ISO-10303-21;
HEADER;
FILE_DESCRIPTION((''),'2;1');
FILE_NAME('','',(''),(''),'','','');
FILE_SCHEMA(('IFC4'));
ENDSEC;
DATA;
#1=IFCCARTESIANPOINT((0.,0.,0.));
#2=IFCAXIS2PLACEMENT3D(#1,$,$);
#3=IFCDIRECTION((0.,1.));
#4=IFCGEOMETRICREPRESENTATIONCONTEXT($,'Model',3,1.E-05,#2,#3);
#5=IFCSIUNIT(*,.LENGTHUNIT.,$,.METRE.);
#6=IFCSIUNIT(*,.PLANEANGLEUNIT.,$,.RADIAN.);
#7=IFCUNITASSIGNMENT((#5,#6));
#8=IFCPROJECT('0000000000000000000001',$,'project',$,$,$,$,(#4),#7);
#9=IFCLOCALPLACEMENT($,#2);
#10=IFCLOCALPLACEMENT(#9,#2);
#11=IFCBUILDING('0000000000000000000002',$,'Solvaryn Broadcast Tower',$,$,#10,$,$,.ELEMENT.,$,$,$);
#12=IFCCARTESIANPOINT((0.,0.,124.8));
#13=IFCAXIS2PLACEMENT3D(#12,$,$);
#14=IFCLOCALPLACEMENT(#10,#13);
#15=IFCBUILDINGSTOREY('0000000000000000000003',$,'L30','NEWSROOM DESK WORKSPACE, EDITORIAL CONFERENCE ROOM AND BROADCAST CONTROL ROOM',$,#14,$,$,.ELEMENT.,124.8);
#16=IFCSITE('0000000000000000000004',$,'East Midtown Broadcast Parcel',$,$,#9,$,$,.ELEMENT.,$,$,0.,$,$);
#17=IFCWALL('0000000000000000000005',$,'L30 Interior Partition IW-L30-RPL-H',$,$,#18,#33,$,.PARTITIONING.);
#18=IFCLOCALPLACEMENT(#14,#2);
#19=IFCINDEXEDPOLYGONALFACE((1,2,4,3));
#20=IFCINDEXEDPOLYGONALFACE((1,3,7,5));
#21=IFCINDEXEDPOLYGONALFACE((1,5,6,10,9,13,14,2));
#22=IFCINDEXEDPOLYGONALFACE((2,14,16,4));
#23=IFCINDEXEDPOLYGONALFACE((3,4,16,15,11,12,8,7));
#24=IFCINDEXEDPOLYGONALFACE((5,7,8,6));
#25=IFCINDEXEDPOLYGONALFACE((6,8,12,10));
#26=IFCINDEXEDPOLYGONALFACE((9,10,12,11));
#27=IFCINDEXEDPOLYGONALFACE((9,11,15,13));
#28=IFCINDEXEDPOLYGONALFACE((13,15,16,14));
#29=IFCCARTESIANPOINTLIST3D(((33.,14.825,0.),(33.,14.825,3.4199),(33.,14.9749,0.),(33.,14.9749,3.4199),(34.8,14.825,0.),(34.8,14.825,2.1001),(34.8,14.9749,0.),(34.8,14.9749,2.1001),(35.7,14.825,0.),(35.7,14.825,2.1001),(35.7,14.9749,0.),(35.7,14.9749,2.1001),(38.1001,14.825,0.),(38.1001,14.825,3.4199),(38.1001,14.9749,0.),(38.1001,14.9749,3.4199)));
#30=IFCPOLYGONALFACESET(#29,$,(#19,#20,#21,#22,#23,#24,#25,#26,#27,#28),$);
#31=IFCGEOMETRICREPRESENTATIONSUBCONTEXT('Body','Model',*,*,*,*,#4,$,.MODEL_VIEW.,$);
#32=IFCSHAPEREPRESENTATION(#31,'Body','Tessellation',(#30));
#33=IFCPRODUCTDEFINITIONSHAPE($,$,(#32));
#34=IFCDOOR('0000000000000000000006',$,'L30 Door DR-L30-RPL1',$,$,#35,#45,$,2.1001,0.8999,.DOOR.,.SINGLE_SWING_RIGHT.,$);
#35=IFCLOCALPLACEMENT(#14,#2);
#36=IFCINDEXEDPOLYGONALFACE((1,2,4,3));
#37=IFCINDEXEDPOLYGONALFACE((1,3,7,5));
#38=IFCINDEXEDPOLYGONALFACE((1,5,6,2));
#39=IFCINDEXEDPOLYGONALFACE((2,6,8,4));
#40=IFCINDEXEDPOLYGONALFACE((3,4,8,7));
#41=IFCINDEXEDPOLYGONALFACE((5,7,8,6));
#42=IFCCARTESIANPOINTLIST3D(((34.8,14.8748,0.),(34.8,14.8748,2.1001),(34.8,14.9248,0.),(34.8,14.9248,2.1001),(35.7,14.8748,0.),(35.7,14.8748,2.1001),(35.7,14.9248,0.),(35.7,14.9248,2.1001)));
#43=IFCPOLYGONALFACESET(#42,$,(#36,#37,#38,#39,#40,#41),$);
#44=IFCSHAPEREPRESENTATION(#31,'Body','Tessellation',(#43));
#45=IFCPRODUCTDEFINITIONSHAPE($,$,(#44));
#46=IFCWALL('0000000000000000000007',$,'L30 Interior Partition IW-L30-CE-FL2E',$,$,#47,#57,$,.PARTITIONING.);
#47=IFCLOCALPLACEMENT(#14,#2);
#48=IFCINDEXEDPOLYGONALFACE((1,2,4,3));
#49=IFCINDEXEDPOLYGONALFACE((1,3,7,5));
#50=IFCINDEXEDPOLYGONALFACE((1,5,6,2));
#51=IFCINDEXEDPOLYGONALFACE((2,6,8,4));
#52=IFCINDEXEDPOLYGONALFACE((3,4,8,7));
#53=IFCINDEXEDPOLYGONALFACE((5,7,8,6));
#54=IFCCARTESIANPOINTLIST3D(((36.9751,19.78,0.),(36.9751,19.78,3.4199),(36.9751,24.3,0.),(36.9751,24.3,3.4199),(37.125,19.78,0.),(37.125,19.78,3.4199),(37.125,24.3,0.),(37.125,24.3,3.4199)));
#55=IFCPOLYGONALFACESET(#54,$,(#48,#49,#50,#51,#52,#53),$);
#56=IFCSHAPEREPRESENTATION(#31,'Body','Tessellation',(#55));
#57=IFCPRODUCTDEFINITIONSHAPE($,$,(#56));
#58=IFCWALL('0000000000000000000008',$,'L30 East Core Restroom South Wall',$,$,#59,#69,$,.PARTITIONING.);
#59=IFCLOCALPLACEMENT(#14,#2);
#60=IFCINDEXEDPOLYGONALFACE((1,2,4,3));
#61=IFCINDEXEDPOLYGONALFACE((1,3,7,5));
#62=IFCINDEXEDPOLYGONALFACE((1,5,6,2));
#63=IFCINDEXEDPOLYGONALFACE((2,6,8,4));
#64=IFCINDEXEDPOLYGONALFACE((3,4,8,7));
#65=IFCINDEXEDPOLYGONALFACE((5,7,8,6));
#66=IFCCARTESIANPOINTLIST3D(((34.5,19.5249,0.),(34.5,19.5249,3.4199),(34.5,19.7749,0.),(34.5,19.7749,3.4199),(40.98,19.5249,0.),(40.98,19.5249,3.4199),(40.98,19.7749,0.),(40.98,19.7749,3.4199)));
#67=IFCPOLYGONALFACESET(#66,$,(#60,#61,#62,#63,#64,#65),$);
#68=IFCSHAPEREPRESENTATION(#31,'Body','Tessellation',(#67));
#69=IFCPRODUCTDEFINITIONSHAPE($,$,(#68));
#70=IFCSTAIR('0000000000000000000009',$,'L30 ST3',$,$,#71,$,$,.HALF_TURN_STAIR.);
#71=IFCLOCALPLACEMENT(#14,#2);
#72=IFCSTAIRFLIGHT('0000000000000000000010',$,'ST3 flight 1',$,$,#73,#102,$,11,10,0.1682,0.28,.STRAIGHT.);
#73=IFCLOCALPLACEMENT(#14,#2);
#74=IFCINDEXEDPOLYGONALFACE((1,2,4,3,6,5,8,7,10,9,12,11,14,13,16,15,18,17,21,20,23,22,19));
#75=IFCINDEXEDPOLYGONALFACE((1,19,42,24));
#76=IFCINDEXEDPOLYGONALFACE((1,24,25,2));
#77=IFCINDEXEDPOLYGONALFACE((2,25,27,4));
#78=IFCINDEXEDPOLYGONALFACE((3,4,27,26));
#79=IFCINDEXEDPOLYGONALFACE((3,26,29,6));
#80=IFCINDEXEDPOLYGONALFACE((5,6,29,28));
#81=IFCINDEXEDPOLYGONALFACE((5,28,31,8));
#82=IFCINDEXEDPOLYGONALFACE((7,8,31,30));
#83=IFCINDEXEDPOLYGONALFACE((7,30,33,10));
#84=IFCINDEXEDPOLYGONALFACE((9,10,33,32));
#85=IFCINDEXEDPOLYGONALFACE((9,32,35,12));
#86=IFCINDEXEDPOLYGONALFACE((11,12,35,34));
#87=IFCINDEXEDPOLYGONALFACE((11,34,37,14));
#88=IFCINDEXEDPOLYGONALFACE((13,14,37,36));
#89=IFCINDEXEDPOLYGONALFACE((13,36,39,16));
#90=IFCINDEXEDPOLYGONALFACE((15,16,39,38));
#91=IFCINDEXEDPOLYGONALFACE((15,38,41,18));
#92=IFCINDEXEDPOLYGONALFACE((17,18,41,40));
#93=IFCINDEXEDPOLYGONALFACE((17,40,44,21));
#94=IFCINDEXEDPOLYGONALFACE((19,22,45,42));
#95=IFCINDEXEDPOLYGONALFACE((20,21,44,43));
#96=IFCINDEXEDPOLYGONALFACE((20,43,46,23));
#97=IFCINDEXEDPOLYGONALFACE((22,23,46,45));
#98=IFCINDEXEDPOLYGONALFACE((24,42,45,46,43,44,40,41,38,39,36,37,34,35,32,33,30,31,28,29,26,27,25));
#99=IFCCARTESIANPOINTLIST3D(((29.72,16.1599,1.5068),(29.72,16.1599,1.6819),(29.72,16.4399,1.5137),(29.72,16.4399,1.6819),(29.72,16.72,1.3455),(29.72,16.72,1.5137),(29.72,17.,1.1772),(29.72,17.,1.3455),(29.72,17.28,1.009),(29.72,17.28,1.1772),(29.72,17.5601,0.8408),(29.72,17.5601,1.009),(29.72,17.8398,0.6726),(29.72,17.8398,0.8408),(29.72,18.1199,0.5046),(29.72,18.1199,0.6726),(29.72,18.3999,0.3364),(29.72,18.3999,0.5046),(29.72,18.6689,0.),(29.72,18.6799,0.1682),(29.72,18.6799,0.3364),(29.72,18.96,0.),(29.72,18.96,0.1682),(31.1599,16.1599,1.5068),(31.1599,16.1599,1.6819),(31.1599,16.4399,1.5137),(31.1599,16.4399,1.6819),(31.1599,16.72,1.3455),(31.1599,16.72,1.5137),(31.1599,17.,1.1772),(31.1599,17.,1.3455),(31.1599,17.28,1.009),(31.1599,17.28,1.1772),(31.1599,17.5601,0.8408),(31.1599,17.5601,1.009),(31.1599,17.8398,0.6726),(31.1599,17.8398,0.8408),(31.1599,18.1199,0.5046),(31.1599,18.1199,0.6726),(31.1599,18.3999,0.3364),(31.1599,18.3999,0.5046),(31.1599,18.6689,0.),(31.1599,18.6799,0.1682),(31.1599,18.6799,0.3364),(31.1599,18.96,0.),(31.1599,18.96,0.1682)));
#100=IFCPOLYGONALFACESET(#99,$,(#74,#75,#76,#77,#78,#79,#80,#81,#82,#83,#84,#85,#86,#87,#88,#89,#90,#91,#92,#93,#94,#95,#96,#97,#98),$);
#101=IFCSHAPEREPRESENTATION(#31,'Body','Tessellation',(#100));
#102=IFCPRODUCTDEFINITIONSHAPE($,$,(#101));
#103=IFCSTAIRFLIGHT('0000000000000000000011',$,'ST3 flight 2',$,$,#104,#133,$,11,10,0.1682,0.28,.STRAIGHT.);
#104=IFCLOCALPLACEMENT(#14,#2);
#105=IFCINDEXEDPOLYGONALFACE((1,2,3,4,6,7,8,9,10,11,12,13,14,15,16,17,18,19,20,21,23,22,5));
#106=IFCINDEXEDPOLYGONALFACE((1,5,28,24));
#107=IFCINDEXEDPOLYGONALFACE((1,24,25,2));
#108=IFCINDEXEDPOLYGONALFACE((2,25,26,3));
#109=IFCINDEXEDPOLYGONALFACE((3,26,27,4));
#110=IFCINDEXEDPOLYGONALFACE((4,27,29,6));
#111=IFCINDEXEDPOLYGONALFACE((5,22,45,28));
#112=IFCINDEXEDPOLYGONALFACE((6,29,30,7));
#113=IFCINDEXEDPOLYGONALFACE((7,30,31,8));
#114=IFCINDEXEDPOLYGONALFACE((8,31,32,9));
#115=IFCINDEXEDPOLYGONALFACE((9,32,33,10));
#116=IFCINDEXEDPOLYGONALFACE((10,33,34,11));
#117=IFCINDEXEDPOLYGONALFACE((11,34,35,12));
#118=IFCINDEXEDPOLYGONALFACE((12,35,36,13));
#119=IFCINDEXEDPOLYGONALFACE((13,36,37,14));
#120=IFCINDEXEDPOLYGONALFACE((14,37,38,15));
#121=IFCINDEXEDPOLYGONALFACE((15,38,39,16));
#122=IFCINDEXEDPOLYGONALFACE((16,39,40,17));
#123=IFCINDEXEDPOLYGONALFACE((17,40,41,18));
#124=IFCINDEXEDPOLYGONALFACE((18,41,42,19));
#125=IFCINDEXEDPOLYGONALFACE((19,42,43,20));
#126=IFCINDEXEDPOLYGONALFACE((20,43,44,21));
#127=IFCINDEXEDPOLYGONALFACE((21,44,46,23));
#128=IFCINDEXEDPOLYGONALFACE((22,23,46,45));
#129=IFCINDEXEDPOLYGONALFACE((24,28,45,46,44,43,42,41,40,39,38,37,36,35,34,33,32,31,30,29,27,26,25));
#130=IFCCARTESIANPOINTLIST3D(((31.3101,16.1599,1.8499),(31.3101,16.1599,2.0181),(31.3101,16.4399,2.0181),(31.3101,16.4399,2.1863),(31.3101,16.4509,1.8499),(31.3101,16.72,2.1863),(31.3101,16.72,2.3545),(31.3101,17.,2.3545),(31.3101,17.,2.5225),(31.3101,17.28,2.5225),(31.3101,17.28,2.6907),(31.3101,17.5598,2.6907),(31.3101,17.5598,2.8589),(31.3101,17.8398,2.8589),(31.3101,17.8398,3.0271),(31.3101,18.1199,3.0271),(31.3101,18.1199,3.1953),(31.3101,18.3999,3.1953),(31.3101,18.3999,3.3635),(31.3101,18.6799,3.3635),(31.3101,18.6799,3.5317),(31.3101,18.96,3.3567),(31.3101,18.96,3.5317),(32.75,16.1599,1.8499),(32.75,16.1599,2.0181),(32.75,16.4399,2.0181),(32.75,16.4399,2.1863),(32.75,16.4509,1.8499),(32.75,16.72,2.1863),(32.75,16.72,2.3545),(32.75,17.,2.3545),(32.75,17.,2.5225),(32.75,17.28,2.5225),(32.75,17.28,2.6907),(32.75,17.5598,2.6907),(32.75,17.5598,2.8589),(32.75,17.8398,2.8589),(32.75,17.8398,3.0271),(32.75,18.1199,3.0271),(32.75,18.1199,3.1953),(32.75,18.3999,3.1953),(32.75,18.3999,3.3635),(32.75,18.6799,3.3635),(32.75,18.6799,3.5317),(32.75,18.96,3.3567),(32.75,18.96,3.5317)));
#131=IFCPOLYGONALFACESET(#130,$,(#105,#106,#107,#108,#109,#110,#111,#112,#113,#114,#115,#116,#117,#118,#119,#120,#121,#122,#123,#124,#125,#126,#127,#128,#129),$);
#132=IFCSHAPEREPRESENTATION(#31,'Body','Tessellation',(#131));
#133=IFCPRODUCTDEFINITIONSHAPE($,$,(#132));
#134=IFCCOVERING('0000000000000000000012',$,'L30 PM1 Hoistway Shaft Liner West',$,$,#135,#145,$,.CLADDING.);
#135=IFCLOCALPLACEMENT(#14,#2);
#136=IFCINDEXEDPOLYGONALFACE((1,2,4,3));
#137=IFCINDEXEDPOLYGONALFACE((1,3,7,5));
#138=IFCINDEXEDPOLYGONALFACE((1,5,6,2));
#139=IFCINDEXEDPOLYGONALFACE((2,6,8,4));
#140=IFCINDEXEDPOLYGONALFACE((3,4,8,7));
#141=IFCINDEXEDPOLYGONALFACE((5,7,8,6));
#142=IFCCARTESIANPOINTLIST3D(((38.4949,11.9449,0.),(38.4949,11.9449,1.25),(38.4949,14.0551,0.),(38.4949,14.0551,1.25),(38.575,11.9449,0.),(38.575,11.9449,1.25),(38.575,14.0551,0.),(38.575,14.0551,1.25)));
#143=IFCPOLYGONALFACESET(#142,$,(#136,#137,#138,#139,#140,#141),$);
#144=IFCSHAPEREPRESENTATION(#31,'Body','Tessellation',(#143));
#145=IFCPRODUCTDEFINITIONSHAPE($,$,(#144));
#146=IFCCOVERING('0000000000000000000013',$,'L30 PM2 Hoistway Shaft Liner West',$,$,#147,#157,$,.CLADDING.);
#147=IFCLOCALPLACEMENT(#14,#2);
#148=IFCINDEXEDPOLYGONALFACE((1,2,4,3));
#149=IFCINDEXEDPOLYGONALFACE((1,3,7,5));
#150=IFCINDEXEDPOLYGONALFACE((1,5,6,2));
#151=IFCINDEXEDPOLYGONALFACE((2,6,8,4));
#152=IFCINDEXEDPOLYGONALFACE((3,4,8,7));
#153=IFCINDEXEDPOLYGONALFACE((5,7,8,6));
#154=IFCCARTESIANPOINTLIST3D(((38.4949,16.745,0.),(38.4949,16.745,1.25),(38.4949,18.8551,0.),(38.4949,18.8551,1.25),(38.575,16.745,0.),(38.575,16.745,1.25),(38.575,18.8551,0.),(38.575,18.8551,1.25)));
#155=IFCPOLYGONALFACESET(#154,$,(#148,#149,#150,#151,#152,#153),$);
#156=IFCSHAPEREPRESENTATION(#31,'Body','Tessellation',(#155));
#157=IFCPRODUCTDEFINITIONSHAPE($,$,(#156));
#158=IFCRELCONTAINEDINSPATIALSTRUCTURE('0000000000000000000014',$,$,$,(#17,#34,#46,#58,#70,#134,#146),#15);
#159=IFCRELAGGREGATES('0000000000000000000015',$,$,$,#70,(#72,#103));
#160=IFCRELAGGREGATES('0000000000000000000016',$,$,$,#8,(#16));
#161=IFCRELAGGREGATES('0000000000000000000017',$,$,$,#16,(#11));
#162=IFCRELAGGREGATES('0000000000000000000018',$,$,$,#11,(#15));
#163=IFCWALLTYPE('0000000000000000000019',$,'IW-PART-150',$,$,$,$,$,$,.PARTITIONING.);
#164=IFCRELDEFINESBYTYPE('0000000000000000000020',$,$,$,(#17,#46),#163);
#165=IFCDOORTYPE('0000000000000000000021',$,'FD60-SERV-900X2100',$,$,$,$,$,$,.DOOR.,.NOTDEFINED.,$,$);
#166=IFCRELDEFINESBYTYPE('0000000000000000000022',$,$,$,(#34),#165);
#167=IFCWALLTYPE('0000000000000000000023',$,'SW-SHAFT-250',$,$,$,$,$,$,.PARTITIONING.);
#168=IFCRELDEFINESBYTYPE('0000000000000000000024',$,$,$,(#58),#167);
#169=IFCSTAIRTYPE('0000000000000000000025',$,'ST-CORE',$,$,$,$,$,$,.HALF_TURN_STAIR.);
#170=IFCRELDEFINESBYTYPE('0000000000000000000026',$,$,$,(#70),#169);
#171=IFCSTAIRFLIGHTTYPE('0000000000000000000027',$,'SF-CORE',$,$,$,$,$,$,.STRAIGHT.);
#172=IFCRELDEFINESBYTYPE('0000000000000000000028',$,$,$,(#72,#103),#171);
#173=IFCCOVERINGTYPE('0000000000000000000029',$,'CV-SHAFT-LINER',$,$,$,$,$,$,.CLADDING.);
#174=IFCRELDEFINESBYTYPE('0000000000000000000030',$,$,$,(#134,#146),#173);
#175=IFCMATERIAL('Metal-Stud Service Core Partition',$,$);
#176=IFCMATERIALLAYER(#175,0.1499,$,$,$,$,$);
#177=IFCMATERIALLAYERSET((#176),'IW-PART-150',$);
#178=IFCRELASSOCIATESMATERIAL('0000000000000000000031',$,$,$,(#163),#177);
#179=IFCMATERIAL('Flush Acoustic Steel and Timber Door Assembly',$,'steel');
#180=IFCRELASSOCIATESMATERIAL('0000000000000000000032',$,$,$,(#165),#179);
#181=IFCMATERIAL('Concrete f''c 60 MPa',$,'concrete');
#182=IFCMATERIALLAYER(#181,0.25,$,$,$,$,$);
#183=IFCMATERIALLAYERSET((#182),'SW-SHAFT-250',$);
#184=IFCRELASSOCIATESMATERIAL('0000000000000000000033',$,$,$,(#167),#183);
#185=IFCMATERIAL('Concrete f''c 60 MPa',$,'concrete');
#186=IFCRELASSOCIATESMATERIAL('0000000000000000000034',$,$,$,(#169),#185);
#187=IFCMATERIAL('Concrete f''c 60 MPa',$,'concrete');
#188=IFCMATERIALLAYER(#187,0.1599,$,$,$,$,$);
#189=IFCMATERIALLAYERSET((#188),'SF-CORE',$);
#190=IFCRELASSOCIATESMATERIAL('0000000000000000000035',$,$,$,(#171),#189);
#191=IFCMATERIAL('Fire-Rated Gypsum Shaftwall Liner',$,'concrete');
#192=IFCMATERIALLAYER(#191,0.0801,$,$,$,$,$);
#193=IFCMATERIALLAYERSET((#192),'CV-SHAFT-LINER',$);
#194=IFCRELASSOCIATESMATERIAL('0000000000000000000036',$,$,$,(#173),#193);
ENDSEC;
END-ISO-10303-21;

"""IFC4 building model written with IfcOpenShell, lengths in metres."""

from ifc_helpers import new_model, si_unit, direction, frame, frame_2d, origin, origin_2d, place, context, subcontext, project, spatial, polyline, rectangle, outline, extrude, material, layer, layer_set, type_object, element, fill, aggregate, save


model = new_model("IFC4")

# Units and contexts
model_context = context("Model", 3, precision=1e-05, world=origin(), true_north=direction((0.0, 1.0)))
body_context = subcontext(model_context, "Body", "Model", "MODEL_VIEW")
ifc_project = project(units=[si_unit("LENGTHUNIT", "METRE"), si_unit("PLANEANGLEUNIT", "RADIAN")], contexts=[model_context])

# Site, building, storey
site_placement = place(None, origin())
site = spatial("IfcSite", under=ifc_project, at=site_placement, Name="East Midtown Broadcast Parcel", CompositionType="ELEMENT", RefElevation=0.0)
building_placement = place(site_placement, origin())
building = spatial("IfcBuilding", under=site, at=building_placement, Name="Solvaryn Broadcast Tower", CompositionType="ELEMENT")
storey_placement = place(building_placement, frame((0.0, 0.0, 124.8)))
storey = spatial("IfcBuildingStorey", under=building, at=storey_placement, Name="L30", Description="NEWSROOM DESK WORKSPACE, EDITORIAL CONFERENCE ROOM AND BROADCAST CONTROL ROOM", CompositionType="ELEMENT", Elevation=124.8)

# Wall, opening, door
ifc_material_1 = material(Name="Metal-Stud Service Core Partition")
ifc_layer_1 = layer(ifc_material_1, 0.1499)
ifc_layer_set_1 = layer_set([ifc_layer_1], Name="IW-PART-150")
wall_type_1 = type_object("IfcWallType", Name="IW-PART-150", PredefinedType="PARTITIONING", material=ifc_layer_set_1)
wall_1_placement = place(storey_placement, frame((33.0, 14.8999, 0.0), z_axis=(0.0, 0.0, 1.0), x_axis=(1.0, 0.0, 0.0)))
wall_1 = element("IfcWall", 1, at=wall_1_placement, inside=storey, type_object=wall_type_1, Name="L30 Interior Partition IW-L30-RPL-H", PredefinedType="PARTITIONING", context=body_context, shape_type="SweptSolid", body=[
    extrude(rectangle(XDim=5.1001, YDim=0.1499, at=frame_2d((2.55, 0.0))), origin(), (0.0, 0.0, 1.0), 3.4199),
])
opening_1_placement = place(wall_1_placement, frame((1.8, 0.0, 0.0)))
opening_1 = element("IfcOpeningElement", 2, at=opening_1_placement, cuts=wall_1, PredefinedType="OPENING", context=body_context, shape_type="SweptSolid", body=[
    extrude(rectangle(XDim=0.8999, YDim=2.1001, at=frame_2d((0.45, 1.05))), frame((0.0, 0.085, 0.0), z_axis=(0.0, -1.0, 0.0), x_axis=(1.0, 0.0, 0.0)), (0.0, 0.0, 1.0), 0.1699),
])
ifc_material_2 = material(Name="Flush Acoustic Steel and Timber Door Assembly", Category="steel")
door_type_1 = type_object("IfcDoorType", Name="FD60-SERV-900X2100", OperationType="NOTDEFINED", PredefinedType="DOOR", material=ifc_material_2)
door_1_placement = place(opening_1_placement, origin())
door_1 = element("IfcDoor", 3, at=door_1_placement, inside=storey, type_object=door_type_1, Name="L30 Door DR-L30-RPL1", OperationType="SINGLE_SWING_RIGHT", OverallHeight=2.1001, OverallWidth=0.8999, PredefinedType="DOOR", context=body_context, shape_type="SweptSolid", body=[
    extrude(rectangle(XDim=0.8999, YDim=2.1001, at=frame_2d((0.45, 1.05))), frame((0.0, 0.0249, 0.0), z_axis=(0.0, -1.0, 0.0), x_axis=(1.0, 0.0, 0.0)), (0.0, 0.0, 1.0), 0.05),
])
fill(opening_1, door_1)

# Walls
wall_2_placement = place(storey_placement, frame((37.05, 19.78, 0.0), z_axis=(0.0, 0.0, 1.0), x_axis=(0.0, 1.0, 0.0)))
element("IfcWall", 4, at=wall_2_placement, inside=storey, type_object=wall_type_1, Name="L30 Interior Partition IW-L30-CE-FL2E", PredefinedType="PARTITIONING", context=body_context, shape_type="SweptSolid", body=[
    extrude(rectangle(XDim=4.52, YDim=0.1499, at=frame_2d((2.26, 0.0))), origin(), (0.0, 0.0, 1.0), 3.4199),
])
ifc_material_3 = material(Name="Concrete f'c 60 MPa", Category="concrete")
ifc_layer_2 = layer(ifc_material_3, 0.25)
ifc_layer_set_2 = layer_set([ifc_layer_2], Name="SW-SHAFT-250")
wall_type_2 = type_object("IfcWallType", Name="SW-SHAFT-250", PredefinedType="PARTITIONING", material=ifc_layer_set_2)
wall_3_placement = place(storey_placement, frame((34.5, 19.6499, 0.0), z_axis=(0.0, 0.0, 1.0), x_axis=(1.0, 0.0, 0.0)))
element("IfcWall", 5, at=wall_3_placement, inside=storey, type_object=wall_type_2, Name="L30 East Core Restroom South Wall", PredefinedType="PARTITIONING", context=body_context, shape_type="SweptSolid", body=[
    extrude(rectangle(XDim=6.48, YDim=0.25, at=frame_2d((3.24, 0.0))), origin(), (0.0, 0.0, 1.0), 3.4199),
])

# Stair, stair flights
ifc_material_4 = material(Name="Concrete f'c 60 MPa", Category="concrete")
stair_type = type_object("IfcStairType", Name="ST-CORE", PredefinedType="HALF_TURN_STAIR", material=ifc_material_4)
stair_placement = place(storey_placement, origin())
stair = element("IfcStair", 6, at=stair_placement, inside=storey, type_object=stair_type, Name="L30 ST3", PredefinedType="HALF_TURN_STAIR")
ifc_material_5 = material(Name="Concrete f'c 60 MPa", Category="concrete")
ifc_layer_3 = layer(ifc_material_5, 0.1599)
ifc_layer_set_3 = layer_set([ifc_layer_3], Name="SF-CORE")
stair_flight_type = type_object("IfcStairFlightType", Name="SF-CORE", PredefinedType="STRAIGHT", material=ifc_layer_set_3)
stair_flight_1_placement = place(storey_placement, frame((30.4399, 18.96, 0.0), z_axis=(0.0, 0.0, 1.0), x_axis=(0.0, -1.0, 0.0)))
stair_flight_1 = element("IfcStairFlight", 7, at=stair_flight_1_placement, type_object=stair_flight_type, Name="ST3 flight 1", NumberOfRisers=11, NumberOfTreads=10, PredefinedType="STRAIGHT", RiserHeight=0.1682, TreadLength=0.28, context=body_context, shape_type="SweptSolid", body=[
    extrude(outline(polyline([(0.0, 0.0), (0.0, 0.1682), (0.28, 0.1682), (0.28, 0.3364), (0.5601, 0.3364), (0.5601, 0.5046), (0.8401, 0.5046), (0.8401, 0.6726), (1.1201, 0.6726), (1.1201, 0.8408), (1.3999, 0.8408), (1.3999, 1.009), (1.6799, 1.009), (1.6799, 1.1772), (1.96, 1.1772), (1.96, 1.3455), (2.24, 1.3455), (2.24, 1.5137), (2.52, 1.5137), (2.52, 1.6819), (2.8, 1.6819), (2.8, 1.8501), (2.8, 1.5068), (0.291, 0.0), (0.0, 0.0)])), frame((0.0, 0.72, 0.0), z_axis=(0.0, -1.0, 0.0), x_axis=(1.0, 0.0, 0.0)), (0.0, 0.0, 1.0), 1.4399),
])
stair_flight_2_placement = place(storey_placement, frame((32.03, 16.1599, 1.8499), z_axis=(0.0, 0.0, 1.0), x_axis=(0.0, 1.0, 0.0)))
stair_flight_2 = element("IfcStairFlight", 8, at=stair_flight_2_placement, type_object=stair_flight_type, Name="ST3 flight 2", NumberOfRisers=11, NumberOfTreads=10, PredefinedType="STRAIGHT", RiserHeight=0.1682, TreadLength=0.28, context=body_context, shape_type="SweptSolid", body=[
    extrude(outline(polyline([(0.0, 0.0), (0.0, 0.1682), (0.28, 0.1682), (0.28, 0.3364), (0.5601, 0.3364), (0.5601, 0.5046), (0.8401, 0.5046), (0.8401, 0.6726), (1.1201, 0.6726), (1.1201, 0.8408), (1.3999, 0.8408), (1.3999, 1.009), (1.6799, 1.009), (1.6799, 1.1772), (1.96, 1.1772), (1.96, 1.3455), (2.24, 1.3455), (2.24, 1.5137), (2.52, 1.5137), (2.52, 1.6819), (2.8, 1.6819), (2.8, 1.8501), (2.8, 1.5068), (0.291, 0.0), (0.0, 0.0)])), frame((0.0, 0.72, 0.0), z_axis=(0.0, -1.0, 0.0), x_axis=(1.0, 0.0, 0.0)), (0.0, 0.0, 1.0), 1.4399),
])
aggregate(stair, [stair_flight_1, stair_flight_2])

# Coverings
ifc_material_6 = material(Name="Fire-Rated Gypsum Shaftwall Liner", Category="concrete")
ifc_layer_4 = layer(ifc_material_6, 0.0801)
ifc_layer_set_4 = layer_set([ifc_layer_4], Name="CV-SHAFT-LINER")
covering_type = type_object("IfcCoveringType", Name="CV-SHAFT-LINER", PredefinedType="CLADDING", material=ifc_layer_set_4)
for number, where, z_axis, x_axis, name in (
    (9, (38.5349, 13.0, 0.0), (0.0, 0.0, 1.0), (1.0, 0.0, 0.0), "L30 PM1 Hoistway Shaft Liner West"),
    (10, (38.5349, 17.8, 0.0), (0.0, 0.0, 1.0), (1.0, 0.0, 0.0), "L30 PM2 Hoistway Shaft Liner West"),
):
    element("IfcCovering", number, at=place(storey_placement, frame(where, z_axis=z_axis, x_axis=x_axis)), inside=storey, type_object=covering_type, Name=name, PredefinedType="CLADDING", context=body_context, shape_type="SweptSolid", body=[
        extrude(rectangle(XDim=0.0801, YDim=2.1101, at=origin_2d()), origin(), (0.0, 0.0, 1.0), 1.25),
    ])

save(model, "model.ifc")
